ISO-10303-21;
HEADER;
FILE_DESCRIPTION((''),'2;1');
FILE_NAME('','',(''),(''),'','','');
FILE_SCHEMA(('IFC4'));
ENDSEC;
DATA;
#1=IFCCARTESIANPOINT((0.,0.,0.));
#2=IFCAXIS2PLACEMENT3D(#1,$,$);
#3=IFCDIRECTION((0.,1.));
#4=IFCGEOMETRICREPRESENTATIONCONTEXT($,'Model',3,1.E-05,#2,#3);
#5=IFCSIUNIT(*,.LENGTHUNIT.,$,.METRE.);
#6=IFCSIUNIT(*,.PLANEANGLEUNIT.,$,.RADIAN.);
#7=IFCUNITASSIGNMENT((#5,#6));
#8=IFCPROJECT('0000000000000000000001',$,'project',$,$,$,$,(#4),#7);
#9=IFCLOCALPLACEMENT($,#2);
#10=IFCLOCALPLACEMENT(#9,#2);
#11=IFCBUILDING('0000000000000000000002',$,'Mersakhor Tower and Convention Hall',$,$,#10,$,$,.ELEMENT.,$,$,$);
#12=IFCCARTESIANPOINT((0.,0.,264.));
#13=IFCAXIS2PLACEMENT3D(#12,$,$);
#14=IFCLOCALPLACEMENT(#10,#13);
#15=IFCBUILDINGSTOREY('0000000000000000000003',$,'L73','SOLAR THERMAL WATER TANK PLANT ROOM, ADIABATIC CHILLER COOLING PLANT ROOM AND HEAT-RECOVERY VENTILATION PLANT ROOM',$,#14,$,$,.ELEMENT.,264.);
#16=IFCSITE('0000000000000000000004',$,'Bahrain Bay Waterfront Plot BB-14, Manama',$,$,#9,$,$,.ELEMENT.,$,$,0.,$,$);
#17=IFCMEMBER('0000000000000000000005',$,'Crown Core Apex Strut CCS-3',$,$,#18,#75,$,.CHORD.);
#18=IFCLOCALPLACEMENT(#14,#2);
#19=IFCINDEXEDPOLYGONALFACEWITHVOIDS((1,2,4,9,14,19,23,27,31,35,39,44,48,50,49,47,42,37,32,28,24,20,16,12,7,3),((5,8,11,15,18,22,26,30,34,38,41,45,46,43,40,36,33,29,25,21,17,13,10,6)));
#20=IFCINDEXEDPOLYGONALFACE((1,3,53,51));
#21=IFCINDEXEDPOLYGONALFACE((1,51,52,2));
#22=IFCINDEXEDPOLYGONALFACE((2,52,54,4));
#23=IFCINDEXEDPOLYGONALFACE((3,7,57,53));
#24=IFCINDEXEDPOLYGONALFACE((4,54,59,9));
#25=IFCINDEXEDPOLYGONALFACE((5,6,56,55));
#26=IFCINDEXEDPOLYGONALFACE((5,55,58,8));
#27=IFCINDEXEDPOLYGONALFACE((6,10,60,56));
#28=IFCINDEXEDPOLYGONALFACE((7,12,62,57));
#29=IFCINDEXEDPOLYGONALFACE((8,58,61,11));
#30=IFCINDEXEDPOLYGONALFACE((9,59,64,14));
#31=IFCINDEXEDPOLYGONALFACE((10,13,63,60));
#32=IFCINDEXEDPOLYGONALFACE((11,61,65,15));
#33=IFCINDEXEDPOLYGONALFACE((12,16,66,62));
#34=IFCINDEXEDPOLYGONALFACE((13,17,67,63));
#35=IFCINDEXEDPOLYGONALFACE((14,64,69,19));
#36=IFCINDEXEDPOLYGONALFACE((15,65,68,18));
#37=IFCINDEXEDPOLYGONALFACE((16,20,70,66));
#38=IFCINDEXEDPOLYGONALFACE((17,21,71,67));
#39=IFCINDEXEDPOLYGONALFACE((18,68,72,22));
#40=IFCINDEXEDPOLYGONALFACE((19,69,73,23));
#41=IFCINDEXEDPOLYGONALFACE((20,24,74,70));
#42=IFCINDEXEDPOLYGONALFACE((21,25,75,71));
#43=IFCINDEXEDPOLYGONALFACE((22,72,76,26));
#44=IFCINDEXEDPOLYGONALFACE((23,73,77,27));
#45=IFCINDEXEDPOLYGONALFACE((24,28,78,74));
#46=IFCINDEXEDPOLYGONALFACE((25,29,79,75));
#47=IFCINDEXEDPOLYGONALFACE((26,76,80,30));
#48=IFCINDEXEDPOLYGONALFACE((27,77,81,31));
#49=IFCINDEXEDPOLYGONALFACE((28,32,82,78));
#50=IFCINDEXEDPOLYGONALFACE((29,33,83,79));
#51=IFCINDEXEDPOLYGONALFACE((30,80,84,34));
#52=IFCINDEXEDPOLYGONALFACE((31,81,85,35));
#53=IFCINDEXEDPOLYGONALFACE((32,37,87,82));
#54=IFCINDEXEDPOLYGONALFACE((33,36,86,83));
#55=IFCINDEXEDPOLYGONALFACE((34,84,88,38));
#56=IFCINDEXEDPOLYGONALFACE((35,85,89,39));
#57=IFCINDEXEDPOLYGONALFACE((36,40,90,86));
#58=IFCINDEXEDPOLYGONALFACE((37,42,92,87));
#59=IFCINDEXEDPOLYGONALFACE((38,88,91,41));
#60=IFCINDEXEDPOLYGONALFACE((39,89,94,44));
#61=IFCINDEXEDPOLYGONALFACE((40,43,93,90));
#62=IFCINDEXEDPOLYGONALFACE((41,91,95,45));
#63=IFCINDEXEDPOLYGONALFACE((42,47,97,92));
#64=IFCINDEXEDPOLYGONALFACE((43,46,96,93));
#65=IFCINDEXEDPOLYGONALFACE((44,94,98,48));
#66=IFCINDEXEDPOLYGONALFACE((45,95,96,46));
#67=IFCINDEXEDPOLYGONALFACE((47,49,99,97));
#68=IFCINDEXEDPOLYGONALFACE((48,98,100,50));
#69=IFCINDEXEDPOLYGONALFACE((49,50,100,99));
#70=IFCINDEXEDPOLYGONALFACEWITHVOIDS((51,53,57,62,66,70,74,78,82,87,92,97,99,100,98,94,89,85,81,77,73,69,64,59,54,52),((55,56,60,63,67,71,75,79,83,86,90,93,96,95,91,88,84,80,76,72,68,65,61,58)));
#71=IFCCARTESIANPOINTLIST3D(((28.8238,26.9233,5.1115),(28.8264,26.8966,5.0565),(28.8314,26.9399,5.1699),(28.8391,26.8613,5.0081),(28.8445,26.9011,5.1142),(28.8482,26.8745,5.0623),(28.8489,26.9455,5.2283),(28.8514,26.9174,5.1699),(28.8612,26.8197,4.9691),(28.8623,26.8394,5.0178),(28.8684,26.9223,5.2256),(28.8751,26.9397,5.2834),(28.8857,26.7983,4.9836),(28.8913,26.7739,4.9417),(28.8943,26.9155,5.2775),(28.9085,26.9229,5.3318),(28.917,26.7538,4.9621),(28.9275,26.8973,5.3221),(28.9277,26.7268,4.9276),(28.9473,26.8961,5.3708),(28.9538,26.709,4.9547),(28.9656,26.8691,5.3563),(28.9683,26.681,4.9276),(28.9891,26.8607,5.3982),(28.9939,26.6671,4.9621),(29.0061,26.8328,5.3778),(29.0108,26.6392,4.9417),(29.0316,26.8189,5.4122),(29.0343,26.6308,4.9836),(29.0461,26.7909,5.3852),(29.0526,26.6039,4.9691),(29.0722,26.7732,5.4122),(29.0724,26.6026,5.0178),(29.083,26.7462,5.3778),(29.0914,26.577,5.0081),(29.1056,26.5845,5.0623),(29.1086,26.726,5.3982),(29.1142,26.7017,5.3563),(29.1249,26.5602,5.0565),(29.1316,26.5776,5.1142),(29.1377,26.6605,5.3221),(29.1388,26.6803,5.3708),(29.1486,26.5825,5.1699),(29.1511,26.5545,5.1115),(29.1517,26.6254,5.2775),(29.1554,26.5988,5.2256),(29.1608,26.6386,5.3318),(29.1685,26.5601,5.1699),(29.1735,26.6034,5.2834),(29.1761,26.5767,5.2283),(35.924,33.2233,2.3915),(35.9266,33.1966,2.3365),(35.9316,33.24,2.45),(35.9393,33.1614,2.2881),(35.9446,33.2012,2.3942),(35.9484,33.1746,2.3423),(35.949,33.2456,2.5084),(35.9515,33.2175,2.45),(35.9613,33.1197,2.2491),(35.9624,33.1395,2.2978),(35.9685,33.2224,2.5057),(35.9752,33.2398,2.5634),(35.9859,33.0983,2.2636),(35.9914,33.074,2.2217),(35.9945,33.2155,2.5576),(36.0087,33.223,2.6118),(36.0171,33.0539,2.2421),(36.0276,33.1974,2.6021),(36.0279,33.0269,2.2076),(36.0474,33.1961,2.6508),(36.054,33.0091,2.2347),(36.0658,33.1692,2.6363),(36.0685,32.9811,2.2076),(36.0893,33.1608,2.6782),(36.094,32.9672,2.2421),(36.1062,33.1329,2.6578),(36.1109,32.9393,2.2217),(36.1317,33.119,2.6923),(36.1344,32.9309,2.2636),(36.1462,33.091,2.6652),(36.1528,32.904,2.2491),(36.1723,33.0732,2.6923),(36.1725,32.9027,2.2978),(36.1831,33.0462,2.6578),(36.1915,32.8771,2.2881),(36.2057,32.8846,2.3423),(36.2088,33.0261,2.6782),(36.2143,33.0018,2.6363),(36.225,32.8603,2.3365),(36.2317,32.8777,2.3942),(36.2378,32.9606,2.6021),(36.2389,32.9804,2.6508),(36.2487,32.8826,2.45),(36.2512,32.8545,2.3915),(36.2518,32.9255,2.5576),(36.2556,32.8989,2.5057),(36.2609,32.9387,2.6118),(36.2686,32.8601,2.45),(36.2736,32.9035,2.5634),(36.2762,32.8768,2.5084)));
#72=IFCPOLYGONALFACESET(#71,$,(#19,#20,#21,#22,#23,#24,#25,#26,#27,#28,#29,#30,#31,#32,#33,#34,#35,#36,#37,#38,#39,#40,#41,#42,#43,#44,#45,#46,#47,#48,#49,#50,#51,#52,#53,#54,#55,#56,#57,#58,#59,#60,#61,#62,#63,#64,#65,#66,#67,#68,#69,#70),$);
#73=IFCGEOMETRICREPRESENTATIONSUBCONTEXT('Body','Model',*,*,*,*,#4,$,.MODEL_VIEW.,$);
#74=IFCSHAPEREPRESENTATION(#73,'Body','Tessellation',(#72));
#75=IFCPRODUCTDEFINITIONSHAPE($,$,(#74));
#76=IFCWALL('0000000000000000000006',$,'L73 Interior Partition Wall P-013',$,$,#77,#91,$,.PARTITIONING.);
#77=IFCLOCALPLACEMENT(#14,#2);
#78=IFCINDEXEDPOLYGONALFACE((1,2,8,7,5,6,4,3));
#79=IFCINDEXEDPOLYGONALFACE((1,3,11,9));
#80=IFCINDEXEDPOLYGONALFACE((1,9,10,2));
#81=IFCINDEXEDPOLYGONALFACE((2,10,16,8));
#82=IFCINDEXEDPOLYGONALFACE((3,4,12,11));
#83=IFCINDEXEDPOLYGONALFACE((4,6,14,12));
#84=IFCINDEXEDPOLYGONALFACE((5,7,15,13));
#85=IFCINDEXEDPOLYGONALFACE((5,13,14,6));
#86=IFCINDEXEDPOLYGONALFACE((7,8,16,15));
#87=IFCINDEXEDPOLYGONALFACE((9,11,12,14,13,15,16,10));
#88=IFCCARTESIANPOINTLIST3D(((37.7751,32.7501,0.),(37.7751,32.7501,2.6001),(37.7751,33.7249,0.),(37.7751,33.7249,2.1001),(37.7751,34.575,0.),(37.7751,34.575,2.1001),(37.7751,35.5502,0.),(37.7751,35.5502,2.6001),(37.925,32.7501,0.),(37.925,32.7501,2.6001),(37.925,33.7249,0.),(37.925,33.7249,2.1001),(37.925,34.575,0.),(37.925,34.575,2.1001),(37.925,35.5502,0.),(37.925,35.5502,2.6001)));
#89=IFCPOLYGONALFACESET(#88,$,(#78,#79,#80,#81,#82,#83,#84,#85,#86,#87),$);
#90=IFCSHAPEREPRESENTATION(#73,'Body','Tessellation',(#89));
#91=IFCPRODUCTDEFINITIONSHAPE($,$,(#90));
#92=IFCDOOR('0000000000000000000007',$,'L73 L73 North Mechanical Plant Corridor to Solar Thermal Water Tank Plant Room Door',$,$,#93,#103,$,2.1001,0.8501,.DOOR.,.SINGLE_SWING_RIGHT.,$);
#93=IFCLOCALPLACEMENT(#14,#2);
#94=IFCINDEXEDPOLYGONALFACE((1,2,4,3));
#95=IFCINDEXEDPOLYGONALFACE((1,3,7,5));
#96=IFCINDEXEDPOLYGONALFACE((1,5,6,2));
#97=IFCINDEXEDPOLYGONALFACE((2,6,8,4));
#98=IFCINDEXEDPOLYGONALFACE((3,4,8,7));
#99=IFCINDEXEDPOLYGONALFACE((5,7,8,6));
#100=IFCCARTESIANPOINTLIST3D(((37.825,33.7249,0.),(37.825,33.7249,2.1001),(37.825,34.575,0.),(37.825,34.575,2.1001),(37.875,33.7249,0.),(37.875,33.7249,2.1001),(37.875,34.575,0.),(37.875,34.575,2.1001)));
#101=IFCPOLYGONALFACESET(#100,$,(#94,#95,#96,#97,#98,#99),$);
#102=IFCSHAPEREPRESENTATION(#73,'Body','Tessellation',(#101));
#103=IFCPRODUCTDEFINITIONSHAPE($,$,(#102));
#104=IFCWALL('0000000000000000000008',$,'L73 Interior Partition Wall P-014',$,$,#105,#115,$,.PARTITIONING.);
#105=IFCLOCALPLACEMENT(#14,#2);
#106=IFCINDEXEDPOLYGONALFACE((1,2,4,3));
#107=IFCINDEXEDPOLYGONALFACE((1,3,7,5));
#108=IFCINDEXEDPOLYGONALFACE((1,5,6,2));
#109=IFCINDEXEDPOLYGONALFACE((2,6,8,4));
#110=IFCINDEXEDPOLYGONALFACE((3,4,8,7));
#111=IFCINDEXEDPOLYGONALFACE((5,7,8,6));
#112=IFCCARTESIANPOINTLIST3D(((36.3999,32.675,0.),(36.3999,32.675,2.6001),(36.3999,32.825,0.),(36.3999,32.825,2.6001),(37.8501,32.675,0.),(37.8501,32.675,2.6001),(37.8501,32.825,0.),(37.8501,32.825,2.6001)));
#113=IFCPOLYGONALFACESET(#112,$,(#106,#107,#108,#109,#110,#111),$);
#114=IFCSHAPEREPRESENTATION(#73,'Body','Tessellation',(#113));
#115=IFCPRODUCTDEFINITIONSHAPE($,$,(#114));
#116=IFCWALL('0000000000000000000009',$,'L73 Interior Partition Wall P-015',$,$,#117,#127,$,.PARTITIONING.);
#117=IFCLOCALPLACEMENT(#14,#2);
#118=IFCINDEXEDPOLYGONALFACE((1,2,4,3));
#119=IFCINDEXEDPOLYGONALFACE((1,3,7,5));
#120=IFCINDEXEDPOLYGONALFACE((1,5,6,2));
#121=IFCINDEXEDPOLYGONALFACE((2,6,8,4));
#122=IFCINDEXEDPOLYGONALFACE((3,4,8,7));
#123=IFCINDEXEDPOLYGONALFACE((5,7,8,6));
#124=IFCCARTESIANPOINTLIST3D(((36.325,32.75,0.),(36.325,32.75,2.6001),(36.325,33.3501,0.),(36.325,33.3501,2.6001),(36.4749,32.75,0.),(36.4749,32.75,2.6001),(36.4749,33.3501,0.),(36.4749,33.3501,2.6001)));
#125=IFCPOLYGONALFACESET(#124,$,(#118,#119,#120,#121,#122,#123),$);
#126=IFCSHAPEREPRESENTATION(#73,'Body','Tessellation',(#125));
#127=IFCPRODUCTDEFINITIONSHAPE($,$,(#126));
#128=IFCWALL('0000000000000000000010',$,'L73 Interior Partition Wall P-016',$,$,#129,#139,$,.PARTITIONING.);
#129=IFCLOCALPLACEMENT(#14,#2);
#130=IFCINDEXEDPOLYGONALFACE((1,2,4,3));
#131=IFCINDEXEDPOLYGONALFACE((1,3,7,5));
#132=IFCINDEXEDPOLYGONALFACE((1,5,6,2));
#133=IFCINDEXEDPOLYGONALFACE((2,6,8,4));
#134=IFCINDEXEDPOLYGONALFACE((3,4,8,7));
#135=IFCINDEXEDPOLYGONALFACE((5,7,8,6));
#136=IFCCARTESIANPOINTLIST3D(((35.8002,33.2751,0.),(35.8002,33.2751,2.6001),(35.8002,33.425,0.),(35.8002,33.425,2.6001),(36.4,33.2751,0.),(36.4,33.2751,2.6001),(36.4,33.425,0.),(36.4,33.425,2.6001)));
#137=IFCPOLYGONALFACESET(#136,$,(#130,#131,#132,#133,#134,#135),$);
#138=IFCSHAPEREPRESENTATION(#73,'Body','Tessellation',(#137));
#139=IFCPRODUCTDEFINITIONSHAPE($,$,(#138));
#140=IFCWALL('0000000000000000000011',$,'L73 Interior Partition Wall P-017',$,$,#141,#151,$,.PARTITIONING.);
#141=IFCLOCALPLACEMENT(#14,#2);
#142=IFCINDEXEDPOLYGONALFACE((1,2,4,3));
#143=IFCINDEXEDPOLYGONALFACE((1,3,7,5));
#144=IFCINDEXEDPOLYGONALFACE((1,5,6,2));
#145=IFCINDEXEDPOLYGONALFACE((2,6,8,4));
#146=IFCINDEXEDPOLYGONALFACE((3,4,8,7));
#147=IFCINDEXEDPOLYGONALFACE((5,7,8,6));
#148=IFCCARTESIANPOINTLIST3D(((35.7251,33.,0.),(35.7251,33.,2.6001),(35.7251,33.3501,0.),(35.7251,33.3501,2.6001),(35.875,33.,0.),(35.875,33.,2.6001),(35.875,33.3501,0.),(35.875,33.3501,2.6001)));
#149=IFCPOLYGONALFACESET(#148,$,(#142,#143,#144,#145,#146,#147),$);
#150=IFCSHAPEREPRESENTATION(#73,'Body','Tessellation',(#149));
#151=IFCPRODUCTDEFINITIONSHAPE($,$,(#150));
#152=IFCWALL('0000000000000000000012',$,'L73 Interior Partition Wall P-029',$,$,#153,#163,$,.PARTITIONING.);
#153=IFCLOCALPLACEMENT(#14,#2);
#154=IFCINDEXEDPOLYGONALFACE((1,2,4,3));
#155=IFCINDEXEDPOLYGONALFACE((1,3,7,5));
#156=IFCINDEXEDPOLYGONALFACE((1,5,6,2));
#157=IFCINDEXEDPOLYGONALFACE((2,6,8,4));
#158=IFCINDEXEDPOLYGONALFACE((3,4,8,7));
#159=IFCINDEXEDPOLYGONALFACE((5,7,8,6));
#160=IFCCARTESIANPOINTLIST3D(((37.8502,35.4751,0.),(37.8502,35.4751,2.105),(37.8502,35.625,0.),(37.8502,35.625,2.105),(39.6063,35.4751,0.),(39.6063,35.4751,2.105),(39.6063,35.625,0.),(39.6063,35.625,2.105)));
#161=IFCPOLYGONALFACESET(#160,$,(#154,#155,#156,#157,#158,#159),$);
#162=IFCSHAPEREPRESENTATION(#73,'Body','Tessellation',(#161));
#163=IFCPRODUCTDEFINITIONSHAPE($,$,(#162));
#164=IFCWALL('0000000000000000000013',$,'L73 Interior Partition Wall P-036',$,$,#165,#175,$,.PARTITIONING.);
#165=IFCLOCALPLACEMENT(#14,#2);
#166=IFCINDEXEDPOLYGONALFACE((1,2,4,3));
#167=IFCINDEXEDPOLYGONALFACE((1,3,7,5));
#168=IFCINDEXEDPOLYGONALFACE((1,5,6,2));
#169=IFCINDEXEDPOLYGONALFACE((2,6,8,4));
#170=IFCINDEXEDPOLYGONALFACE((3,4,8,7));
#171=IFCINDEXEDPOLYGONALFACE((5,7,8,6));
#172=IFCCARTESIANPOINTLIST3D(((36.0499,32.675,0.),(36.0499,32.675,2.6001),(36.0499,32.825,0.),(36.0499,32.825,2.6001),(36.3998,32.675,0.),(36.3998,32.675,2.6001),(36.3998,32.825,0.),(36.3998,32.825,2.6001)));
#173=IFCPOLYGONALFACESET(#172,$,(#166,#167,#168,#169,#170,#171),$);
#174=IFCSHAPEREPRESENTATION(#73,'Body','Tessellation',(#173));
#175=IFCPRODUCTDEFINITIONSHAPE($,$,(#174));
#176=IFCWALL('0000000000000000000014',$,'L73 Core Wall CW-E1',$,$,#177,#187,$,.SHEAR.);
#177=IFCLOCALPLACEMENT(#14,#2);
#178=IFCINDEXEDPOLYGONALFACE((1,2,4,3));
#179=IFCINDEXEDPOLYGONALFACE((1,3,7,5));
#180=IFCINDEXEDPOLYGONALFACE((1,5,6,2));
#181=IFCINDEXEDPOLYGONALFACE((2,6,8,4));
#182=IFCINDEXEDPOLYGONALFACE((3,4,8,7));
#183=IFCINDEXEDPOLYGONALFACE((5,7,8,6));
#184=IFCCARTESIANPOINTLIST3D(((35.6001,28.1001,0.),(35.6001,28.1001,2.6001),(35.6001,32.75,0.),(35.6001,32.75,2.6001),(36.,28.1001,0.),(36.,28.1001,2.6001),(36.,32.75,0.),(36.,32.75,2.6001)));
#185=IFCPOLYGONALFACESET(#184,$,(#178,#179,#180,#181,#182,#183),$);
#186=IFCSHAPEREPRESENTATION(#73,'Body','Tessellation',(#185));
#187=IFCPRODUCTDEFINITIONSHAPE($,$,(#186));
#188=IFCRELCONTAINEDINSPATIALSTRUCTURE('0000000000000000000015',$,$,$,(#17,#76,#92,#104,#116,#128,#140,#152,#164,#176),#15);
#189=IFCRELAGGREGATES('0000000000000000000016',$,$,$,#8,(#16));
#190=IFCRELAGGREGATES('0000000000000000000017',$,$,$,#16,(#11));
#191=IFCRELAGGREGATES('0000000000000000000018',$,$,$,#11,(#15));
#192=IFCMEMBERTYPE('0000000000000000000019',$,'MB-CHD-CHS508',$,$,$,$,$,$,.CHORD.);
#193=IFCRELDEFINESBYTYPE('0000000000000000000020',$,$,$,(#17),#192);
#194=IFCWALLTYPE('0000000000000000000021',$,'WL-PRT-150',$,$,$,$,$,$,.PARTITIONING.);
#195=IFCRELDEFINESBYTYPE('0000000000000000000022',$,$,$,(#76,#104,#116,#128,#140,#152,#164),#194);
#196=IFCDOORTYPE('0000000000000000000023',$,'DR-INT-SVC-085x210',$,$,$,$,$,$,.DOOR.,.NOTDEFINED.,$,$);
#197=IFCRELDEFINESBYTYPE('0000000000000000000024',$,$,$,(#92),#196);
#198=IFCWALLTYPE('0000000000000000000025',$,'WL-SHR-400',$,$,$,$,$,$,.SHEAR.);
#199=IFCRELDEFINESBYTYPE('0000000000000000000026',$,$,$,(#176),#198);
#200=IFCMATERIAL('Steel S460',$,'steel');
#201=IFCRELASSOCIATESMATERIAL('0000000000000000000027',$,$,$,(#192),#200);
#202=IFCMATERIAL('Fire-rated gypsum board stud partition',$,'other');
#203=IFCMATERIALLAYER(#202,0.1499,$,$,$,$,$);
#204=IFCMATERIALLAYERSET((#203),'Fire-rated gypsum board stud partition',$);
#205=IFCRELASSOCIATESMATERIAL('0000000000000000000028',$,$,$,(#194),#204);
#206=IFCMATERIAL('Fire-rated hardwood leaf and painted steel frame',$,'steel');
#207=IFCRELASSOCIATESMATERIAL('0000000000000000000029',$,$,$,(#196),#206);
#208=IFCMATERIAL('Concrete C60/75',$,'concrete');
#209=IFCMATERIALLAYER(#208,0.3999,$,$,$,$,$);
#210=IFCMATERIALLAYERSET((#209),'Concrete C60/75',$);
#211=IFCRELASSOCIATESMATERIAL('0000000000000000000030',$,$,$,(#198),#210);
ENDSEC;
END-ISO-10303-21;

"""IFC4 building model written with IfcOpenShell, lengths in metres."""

from ifc_helpers import new_model, si_unit, direction, frame, frame_2d, origin, origin_2d, place, context, subcontext, project, spatial, rectangle, hollow_circle, extrude, material, layer, layer_set, material_profile, profile_set, type_object, element, fill, save


model = new_model("IFC4")

# Units and contexts
model_context = context("Model", 3, precision=1e-05, world=origin(), true_north=direction((0.0, 1.0)))
body_context = subcontext(model_context, "Body", "Model", "MODEL_VIEW")
ifc_project = project(units=[si_unit("LENGTHUNIT", "METRE"), si_unit("PLANEANGLEUNIT", "RADIAN")], contexts=[model_context])

# Site, building, storey
site_placement = place(None, origin())
site = spatial("IfcSite", under=ifc_project, at=site_placement, Name="Bahrain Bay Waterfront Plot BB-14, Manama", CompositionType="ELEMENT", RefElevation=0.0)
building_placement = place(site_placement, origin())
building = spatial("IfcBuilding", under=site, at=building_placement, Name="Mersakhor Tower and Convention Hall", CompositionType="ELEMENT")
storey_placement = place(building_placement, frame((0.0, 0.0, 264.0)))
storey = spatial("IfcBuildingStorey", under=building, at=storey_placement, Name="L73", Description="SOLAR THERMAL WATER TANK PLANT ROOM, ADIABATIC CHILLER COOLING PLANT ROOM AND HEAT-RECOVERY VENTILATION PLANT ROOM", CompositionType="ELEMENT", Elevation=264.0)

# Member
ifc_material_1 = material(Name="Steel S460", Category="steel")
ifc_material_profile_1 = material_profile(ifc_material_1, hollow_circle(Radius=0.2539, WallThickness=0.03, at=origin_2d()), Name="CHS 508x30")
ifc_profile_set_1 = profile_set([ifc_material_profile_1], Name="Steel S460")
member_type = type_object("IfcMemberType", Name="MB-CHD-CHS508", PredefinedType="CHORD", material=ifc_profile_set_1)
member_placement = place(storey_placement, frame((36.1001, 33.05, 2.45), z_axis=(-0.719054, -0.63803, 0.275462), x_axis=(0.663707, -0.747992, 0.0)))
element("IfcMember", 1, at=member_placement, inside=storey, type_object=member_type, Name="Crown Core Apex Strut CCS-3", PredefinedType="CHORD", context=body_context, shape_type="SweptSolid", body=[
    extrude(hollow_circle(Radius=0.2539, WallThickness=0.03, at=origin_2d()), origin(), (0.0, 0.0, 1.0), 9.8743),
])

# Wall, opening, door
ifc_material_2 = material(Name="Fire-rated gypsum board stud partition", Category="other")
ifc_layer_1 = layer(ifc_material_2, 0.1499)
ifc_layer_set_1 = layer_set([ifc_layer_1], Name="Fire-rated gypsum board stud partition")
wall_type_1 = type_object("IfcWallType", Name="WL-PRT-150", PredefinedType="PARTITIONING", material=ifc_layer_set_1)
wall_1_placement = place(storey_placement, frame((37.8501, 35.55, 0.0), z_axis=(0.0, 0.0, 1.0), x_axis=(0.0, -1.0, 0.0)))
wall_1 = element("IfcWall", 2, at=wall_1_placement, inside=storey, type_object=wall_type_1, Name="L73 Interior Partition Wall P-013", PredefinedType="PARTITIONING", context=body_context, shape_type="SweptSolid", body=[
    extrude(rectangle(XDim=2.8, YDim=0.1499, at=frame_2d((1.3999, 0.0))), origin(), (0.0, 0.0, 1.0), 2.6001),
])
opening_1_placement = place(wall_1_placement, frame((0.9751, 0.0, 0.0)))
opening_1 = element("IfcOpeningElement", 3, at=opening_1_placement, cuts=wall_1, PredefinedType="OPENING", context=body_context, shape_type="SweptSolid", body=[
    extrude(rectangle(XDim=0.8501, YDim=2.1001, at=frame_2d((0.425, 1.05))), frame((0.0, 0.085, 0.0), z_axis=(0.0, -1.0, 0.0), x_axis=(1.0, 0.0, 0.0)), (0.0, 0.0, 1.0), 0.1699),
])
ifc_material_3 = material(Name="Fire-rated hardwood leaf and painted steel frame", Category="steel")
door_type_1 = type_object("IfcDoorType", Name="DR-INT-SVC-085x210", OperationType="NOTDEFINED", PredefinedType="DOOR", material=ifc_material_3)
door_1_placement = place(opening_1_placement, origin())
door_1 = element("IfcDoor", 4, at=door_1_placement, inside=storey, type_object=door_type_1, Name="L73 L73 North Mechanical Plant Corridor to Solar Thermal Water Tank Plant Room Door", OperationType="SINGLE_SWING_RIGHT", OverallHeight=2.1001, OverallWidth=0.8501, PredefinedType="DOOR", context=body_context, shape_type="SweptSolid", body=[
    extrude(rectangle(XDim=0.8501, YDim=2.1001, at=frame_2d((0.425, 1.05))), frame((0.0, 0.0249, 0.0), z_axis=(0.0, -1.0, 0.0), x_axis=(1.0, 0.0, 0.0)), (0.0, 0.0, 1.0), 0.05),
])
fill(opening_1, door_1)

# Walls
wall_2_placement = place(storey_placement, frame((37.8501, 32.75, 0.0), z_axis=(0.0, 0.0, 1.0), x_axis=(-1.0, 0.0, 0.0)))
element("IfcWall", 5, at=wall_2_placement, inside=storey, type_object=wall_type_1, Name="L73 Interior Partition Wall P-014", PredefinedType="PARTITIONING", context=body_context, shape_type="SweptSolid", body=[
    extrude(rectangle(XDim=1.4502, YDim=0.1499, at=frame_2d((0.7251, 0.0))), origin(), (0.0, 0.0, 1.0), 2.6001),
])
wall_3_placement = place(storey_placement, frame((36.3999, 32.75, 0.0), z_axis=(0.0, 0.0, 1.0), x_axis=(0.0, 1.0, 0.0)))
element("IfcWall", 6, at=wall_3_placement, inside=storey, type_object=wall_type_1, Name="L73 Interior Partition Wall P-015", PredefinedType="PARTITIONING", context=body_context, shape_type="SweptSolid", body=[
    extrude(rectangle(XDim=0.6001, YDim=0.1499, at=frame_2d((0.3, 0.0))), origin(), (0.0, 0.0, 1.0), 2.6001),
])
wall_4_placement = place(storey_placement, frame((36.3999, 33.3501, 0.0), z_axis=(0.0, 0.0, 1.0), x_axis=(-1.0, 0.0, 0.0)))
element("IfcWall", 7, at=wall_4_placement, inside=storey, type_object=wall_type_1, Name="L73 Interior Partition Wall P-016", PredefinedType="PARTITIONING", context=body_context, shape_type="SweptSolid", body=[
    extrude(rectangle(XDim=0.5999, YDim=0.1499, at=frame_2d((0.2998, 0.0))), origin(), (0.0, 0.0, 1.0), 2.6001),
])
wall_5_placement = place(storey_placement, frame((35.8, 33.3501, 0.0), z_axis=(0.0, 0.0, 1.0), x_axis=(0.0, -1.0, 0.0)))
element("IfcWall", 8, at=wall_5_placement, inside=storey, type_object=wall_type_1, Name="L73 Interior Partition Wall P-017", PredefinedType="PARTITIONING", context=body_context, shape_type="SweptSolid", body=[
    extrude(rectangle(XDim=0.3501, YDim=0.1499, at=frame_2d((0.175, 0.0))), origin(), (0.0, 0.0, 1.0), 2.6001),
])
wall_6_placement = place(storey_placement, frame((39.6062, 35.55, 0.0), z_axis=(0.0, 0.0, 1.0), x_axis=(-1.0, 0.0, 0.0)))
element("IfcWall", 9, at=wall_6_placement, inside=storey, type_object=wall_type_1, Name="L73 Interior Partition Wall P-029", PredefinedType="PARTITIONING", context=body_context, shape_type="SweptSolid", body=[
    extrude(rectangle(XDim=1.7561, YDim=0.1499, at=frame_2d((0.8779, 0.0))), origin(), (0.0, 0.0, 1.0), 2.105),
])
wall_7_placement = place(storey_placement, frame((36.05, 32.75, 0.0), z_axis=(0.0, 0.0, 1.0), x_axis=(1.0, 0.0, 0.0)))
element("IfcWall", 10, at=wall_7_placement, inside=storey, type_object=wall_type_1, Name="L73 Interior Partition Wall P-036", PredefinedType="PARTITIONING", context=body_context, shape_type="SweptSolid", body=[
    extrude(rectangle(XDim=0.3499, YDim=0.1499, at=frame_2d((0.1748, 0.0))), origin(), (0.0, 0.0, 1.0), 2.6001),
])

# Shared definitions
ifc_material_4 = material(Name="Concrete C60/75", Category="concrete")
ifc_layer_2 = layer(ifc_material_4, 0.3999)
ifc_layer_set_2 = layer_set([ifc_layer_2], Name="Concrete C60/75")
wall_type_2 = type_object("IfcWallType", Name="WL-SHR-400", PredefinedType="SHEAR", material=ifc_layer_set_2)

# Wall
wall_8_placement = place(storey_placement, frame((35.8, 32.75, 0.0), z_axis=(0.0, 0.0, 1.0), x_axis=(0.0, -1.0, 0.0)))
element("IfcWall", 11, at=wall_8_placement, inside=storey, type_object=wall_type_2, Name="L73 Core Wall CW-E1", PredefinedType="SHEAR", context=body_context, shape_type="SweptSolid", body=[
    extrude(rectangle(XDim=4.6499, YDim=0.3999, at=frame_2d((2.325, 0.0))), origin(), (0.0, 0.0, 1.0), 2.6001),
])

save(model, "model.ifc")
